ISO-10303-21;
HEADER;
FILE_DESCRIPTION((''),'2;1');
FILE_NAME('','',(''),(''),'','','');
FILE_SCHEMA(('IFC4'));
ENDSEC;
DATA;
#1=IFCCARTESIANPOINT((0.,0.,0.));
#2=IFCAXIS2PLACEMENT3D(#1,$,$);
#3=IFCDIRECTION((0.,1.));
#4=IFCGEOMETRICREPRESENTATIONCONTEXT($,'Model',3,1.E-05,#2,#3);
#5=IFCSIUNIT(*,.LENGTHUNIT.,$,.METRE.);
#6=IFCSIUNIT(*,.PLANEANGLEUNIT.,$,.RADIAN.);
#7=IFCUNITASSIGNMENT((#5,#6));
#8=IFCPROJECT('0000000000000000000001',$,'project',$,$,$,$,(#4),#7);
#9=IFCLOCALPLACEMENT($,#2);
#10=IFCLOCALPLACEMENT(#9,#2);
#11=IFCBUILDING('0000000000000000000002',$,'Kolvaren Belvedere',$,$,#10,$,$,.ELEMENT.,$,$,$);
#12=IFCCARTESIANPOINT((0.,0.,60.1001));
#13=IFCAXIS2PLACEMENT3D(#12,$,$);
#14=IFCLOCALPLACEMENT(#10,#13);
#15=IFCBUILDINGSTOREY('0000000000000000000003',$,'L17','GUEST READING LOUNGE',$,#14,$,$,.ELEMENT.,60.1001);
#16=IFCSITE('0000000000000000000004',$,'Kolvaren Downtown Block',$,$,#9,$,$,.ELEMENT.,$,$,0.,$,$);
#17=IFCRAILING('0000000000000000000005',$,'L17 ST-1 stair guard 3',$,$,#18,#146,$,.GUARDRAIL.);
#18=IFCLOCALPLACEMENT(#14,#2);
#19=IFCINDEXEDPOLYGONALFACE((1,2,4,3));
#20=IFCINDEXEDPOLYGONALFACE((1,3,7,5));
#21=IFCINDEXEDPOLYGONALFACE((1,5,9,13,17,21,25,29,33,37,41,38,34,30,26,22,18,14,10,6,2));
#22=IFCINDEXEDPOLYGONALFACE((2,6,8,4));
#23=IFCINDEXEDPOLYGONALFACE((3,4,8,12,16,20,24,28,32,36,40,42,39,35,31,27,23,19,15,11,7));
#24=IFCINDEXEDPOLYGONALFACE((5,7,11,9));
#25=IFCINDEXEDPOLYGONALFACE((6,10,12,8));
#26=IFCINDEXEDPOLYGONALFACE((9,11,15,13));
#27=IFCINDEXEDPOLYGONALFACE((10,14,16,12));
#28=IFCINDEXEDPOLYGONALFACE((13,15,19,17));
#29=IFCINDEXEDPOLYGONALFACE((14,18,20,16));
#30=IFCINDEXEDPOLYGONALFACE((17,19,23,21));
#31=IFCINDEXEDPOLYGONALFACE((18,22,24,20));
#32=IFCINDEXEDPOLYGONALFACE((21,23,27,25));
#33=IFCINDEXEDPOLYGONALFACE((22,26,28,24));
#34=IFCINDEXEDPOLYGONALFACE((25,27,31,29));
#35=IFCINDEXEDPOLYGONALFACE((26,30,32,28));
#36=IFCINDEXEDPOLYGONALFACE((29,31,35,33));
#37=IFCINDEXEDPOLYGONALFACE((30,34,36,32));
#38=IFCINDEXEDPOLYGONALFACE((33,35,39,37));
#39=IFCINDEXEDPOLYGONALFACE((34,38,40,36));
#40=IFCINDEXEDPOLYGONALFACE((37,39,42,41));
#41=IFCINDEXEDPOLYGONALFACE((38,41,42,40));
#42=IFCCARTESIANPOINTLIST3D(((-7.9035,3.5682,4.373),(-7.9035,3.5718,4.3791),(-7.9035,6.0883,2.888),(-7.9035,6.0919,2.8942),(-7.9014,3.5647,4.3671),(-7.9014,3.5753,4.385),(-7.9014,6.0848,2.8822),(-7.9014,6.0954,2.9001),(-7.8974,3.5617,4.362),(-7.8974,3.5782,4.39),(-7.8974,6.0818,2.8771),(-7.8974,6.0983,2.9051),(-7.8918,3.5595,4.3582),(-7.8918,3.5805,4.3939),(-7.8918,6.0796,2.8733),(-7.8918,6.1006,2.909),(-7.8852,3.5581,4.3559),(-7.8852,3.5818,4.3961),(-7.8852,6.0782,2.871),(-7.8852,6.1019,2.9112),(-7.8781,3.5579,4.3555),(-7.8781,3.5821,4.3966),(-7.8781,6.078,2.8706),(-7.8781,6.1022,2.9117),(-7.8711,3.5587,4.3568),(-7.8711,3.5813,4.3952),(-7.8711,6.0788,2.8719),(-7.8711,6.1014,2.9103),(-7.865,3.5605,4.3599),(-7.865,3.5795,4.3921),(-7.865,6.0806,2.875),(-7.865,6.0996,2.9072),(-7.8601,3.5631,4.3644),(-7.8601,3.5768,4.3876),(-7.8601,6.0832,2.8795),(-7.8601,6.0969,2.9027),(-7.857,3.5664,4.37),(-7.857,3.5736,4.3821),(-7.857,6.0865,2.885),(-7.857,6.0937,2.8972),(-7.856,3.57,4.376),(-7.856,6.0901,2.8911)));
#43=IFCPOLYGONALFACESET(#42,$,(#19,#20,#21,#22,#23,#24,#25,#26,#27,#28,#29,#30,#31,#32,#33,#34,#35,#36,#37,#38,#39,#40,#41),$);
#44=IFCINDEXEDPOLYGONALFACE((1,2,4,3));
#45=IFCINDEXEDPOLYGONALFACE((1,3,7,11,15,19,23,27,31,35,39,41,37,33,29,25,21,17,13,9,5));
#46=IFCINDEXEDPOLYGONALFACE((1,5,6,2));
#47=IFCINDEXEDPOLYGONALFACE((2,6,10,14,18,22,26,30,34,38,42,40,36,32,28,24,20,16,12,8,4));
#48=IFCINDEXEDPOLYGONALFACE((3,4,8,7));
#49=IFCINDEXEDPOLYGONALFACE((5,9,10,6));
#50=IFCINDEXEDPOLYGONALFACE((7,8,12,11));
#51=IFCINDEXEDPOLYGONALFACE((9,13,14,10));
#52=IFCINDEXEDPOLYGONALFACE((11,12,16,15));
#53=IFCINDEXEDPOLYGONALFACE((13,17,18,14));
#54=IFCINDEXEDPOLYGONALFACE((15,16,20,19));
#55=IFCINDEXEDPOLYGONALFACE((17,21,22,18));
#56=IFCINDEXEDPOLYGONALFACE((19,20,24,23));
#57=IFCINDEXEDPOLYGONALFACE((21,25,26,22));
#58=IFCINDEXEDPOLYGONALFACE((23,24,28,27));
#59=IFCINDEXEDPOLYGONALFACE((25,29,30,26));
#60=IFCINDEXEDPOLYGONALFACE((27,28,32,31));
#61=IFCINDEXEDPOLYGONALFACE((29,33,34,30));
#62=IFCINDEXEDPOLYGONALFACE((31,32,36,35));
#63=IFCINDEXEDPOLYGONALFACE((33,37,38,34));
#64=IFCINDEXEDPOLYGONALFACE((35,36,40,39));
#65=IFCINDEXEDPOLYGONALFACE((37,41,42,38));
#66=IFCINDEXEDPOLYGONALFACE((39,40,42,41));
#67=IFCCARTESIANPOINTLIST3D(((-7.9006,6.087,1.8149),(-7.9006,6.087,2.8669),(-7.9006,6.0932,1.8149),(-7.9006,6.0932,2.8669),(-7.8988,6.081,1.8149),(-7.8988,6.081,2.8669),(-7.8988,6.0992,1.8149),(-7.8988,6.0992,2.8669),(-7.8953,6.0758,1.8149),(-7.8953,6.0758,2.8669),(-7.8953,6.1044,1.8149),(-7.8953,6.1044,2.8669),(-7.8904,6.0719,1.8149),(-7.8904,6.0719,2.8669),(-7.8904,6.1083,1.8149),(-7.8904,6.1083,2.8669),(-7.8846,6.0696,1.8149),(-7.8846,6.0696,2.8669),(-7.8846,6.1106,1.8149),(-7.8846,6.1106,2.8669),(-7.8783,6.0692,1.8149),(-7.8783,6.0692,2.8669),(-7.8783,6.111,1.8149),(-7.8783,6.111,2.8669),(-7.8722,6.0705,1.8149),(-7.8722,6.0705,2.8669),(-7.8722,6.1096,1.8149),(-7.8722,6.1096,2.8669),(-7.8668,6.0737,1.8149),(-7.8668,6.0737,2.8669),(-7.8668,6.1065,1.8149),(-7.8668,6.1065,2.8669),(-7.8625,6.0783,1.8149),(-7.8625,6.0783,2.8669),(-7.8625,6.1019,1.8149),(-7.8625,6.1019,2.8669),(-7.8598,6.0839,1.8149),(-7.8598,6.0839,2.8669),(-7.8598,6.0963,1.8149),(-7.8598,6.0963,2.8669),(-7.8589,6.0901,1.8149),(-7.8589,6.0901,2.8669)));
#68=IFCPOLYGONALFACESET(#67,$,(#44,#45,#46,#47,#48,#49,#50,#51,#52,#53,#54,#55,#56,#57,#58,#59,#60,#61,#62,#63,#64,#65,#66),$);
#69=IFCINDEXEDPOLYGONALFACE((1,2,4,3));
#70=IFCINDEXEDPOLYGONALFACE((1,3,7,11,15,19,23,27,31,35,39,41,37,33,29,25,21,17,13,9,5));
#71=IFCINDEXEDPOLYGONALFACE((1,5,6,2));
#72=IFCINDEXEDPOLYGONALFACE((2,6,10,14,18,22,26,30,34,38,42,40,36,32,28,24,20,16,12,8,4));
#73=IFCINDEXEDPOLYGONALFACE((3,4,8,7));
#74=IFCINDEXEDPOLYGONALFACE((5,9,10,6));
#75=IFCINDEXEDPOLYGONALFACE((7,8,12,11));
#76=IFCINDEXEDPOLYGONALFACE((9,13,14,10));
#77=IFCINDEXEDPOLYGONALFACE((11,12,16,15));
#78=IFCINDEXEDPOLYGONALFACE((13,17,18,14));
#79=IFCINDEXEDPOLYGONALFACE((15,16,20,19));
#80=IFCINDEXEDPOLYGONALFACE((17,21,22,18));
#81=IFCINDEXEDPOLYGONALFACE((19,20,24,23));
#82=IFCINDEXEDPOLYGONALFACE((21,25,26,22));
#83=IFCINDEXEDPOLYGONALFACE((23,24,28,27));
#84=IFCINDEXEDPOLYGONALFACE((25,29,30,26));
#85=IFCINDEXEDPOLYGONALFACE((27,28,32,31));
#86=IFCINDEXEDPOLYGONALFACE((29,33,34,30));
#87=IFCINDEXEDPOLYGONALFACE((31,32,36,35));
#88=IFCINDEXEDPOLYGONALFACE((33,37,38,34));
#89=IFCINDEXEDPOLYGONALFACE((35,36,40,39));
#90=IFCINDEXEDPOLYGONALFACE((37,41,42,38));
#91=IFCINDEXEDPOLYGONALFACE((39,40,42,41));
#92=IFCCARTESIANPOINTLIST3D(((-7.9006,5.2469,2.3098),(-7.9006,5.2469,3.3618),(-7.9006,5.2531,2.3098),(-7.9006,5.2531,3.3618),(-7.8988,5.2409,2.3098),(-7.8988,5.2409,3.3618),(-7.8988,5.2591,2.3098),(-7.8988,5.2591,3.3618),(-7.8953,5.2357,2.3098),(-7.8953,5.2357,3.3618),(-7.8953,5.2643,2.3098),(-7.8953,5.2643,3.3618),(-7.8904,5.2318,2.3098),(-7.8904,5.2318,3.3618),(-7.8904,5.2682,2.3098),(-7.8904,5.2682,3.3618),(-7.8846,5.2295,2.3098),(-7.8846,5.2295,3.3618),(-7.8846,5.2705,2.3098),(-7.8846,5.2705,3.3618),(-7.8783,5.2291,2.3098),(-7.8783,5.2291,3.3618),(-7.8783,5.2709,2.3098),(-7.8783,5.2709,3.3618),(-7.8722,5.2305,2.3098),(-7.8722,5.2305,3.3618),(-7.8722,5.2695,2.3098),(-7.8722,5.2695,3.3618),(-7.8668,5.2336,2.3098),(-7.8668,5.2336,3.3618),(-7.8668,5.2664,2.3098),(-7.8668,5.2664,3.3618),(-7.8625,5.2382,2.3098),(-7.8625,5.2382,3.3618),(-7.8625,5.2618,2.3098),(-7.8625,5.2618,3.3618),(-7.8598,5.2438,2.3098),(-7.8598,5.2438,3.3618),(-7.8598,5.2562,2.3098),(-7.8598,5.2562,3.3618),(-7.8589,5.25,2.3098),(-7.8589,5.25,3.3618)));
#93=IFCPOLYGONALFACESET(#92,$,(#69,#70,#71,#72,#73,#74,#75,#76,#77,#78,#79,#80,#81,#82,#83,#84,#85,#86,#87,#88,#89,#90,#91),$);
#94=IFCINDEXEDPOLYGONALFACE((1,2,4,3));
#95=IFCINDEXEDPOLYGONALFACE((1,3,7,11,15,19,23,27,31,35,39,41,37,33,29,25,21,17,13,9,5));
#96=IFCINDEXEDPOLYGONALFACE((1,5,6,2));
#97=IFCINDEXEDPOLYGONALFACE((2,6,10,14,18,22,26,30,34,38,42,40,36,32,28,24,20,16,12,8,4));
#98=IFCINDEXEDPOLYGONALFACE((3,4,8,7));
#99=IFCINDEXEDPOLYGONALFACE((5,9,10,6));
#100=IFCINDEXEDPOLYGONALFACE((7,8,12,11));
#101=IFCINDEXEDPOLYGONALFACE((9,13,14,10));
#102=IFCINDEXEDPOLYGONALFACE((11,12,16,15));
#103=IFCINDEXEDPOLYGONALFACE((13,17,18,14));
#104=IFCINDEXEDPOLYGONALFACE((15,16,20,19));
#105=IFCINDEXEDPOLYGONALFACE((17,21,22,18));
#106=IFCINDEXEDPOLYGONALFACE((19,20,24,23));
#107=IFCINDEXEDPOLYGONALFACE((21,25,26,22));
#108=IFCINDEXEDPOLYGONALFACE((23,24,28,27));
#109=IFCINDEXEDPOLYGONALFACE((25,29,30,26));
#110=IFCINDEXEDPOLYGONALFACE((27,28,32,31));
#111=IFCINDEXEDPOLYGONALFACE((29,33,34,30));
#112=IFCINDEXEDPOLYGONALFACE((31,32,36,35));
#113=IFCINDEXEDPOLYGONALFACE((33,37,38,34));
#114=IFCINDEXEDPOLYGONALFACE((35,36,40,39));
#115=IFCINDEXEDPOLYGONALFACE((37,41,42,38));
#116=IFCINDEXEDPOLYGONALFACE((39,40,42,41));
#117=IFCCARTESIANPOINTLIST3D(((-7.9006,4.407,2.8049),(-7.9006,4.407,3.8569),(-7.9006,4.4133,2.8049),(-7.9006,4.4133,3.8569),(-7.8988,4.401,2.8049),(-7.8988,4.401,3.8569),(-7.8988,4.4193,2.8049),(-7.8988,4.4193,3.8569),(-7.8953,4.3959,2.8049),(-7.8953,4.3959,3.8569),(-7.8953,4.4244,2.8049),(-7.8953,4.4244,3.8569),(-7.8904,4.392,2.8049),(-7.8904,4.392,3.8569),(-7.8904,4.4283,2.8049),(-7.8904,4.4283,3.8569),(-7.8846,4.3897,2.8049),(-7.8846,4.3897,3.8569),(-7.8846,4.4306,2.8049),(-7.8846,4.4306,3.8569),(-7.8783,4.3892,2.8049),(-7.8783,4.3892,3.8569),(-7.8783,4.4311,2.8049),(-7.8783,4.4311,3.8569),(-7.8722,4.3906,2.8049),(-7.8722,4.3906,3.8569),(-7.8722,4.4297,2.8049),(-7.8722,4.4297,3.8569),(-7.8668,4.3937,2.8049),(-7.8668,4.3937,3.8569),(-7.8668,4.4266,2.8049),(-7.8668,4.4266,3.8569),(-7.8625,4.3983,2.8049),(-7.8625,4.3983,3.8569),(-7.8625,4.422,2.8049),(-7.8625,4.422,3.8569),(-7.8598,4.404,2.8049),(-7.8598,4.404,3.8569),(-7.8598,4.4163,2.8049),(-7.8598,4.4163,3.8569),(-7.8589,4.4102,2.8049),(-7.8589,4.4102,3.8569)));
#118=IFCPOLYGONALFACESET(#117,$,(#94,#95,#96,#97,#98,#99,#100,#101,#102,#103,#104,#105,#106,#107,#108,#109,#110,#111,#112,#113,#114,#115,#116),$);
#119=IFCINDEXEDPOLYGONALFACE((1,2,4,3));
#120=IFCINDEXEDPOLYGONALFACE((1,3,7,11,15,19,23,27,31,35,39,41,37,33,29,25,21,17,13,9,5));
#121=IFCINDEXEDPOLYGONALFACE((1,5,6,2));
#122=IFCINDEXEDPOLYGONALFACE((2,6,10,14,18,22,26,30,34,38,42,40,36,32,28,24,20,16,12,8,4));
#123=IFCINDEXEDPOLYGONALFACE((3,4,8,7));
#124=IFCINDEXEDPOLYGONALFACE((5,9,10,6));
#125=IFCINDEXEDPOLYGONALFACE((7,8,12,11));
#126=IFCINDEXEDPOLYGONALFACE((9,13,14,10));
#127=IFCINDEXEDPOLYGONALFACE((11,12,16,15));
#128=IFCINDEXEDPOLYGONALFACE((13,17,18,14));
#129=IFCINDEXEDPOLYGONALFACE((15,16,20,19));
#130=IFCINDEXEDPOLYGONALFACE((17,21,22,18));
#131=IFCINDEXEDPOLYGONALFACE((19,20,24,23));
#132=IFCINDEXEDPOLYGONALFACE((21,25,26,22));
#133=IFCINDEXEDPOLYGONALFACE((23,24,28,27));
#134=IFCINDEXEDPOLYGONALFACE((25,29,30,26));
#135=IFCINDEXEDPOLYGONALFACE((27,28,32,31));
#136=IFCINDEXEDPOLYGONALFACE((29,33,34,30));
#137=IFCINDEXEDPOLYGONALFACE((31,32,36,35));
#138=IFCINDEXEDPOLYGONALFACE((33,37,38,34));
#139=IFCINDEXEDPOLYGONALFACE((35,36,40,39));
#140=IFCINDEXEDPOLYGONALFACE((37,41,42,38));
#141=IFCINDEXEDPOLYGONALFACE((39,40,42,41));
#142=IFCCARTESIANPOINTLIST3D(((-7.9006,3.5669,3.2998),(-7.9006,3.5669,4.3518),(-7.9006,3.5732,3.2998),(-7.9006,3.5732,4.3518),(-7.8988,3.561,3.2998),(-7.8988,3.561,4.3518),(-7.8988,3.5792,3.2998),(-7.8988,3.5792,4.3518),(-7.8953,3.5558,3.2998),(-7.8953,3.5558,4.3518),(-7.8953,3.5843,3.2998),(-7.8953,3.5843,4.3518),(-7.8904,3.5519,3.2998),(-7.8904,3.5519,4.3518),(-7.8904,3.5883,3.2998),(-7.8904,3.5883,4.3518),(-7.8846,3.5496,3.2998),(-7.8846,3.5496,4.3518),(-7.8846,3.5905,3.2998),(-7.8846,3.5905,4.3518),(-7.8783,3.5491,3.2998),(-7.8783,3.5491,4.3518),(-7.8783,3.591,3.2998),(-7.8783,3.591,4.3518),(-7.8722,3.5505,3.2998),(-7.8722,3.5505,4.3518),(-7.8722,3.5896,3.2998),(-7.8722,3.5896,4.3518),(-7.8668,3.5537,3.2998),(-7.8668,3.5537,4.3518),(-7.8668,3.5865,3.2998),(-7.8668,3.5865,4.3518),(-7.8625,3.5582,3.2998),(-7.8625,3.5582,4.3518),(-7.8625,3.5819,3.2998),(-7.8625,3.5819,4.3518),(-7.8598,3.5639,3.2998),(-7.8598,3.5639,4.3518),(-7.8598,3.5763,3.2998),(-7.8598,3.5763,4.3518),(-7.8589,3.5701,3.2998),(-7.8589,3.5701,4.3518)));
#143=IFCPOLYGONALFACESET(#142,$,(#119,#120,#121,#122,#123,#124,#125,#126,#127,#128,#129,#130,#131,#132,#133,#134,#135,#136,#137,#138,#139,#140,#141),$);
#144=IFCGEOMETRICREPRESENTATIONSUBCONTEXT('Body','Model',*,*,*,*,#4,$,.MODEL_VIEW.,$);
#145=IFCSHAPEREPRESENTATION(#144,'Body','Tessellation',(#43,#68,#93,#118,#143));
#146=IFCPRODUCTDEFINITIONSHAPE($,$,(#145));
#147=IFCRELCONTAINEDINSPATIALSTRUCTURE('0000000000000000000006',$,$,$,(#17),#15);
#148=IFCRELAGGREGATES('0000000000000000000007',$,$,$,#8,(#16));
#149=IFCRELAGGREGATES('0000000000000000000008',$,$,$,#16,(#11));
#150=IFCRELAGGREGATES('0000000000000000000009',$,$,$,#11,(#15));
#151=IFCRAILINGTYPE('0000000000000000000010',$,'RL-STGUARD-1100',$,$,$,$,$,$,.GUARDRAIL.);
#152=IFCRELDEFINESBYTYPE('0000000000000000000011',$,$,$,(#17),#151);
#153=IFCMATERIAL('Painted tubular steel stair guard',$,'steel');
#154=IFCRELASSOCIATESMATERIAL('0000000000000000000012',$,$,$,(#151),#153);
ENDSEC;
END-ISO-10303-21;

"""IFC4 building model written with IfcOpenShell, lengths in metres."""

from ifc_helpers import new_model, si_unit, direction, frame, origin, origin_2d, place, context, subcontext, project, spatial, circle, extrude, material, type_object, element, save


model = new_model("IFC4")

# Units and contexts
model_context = context("Model", 3, precision=1e-05, world=origin(), true_north=direction((0.0, 1.0)))
body_context = subcontext(model_context, "Body", "Model", "MODEL_VIEW")
ifc_project = project(units=[si_unit("LENGTHUNIT", "METRE"), si_unit("PLANEANGLEUNIT", "RADIAN")], contexts=[model_context])

# Site, building, storey
site_placement = place(None, origin())
site = spatial("IfcSite", under=ifc_project, at=site_placement, Name="Kolvaren Downtown Block", CompositionType="ELEMENT", RefElevation=0.0)
building_placement = place(site_placement, origin())
building = spatial("IfcBuilding", under=site, at=building_placement, Name="Kolvaren Belvedere", CompositionType="ELEMENT")
storey_placement = place(building_placement, frame((0.0, 0.0, 60.1001)))
storey = spatial("IfcBuildingStorey", under=building, at=storey_placement, Name="L17", Description="GUEST READING LOUNGE", CompositionType="ELEMENT", Elevation=60.1001)

# Railing
ifc_material_1 = material(Name="Painted tubular steel stair guard", Category="steel")
railing_type_1 = type_object("IfcRailingType", Name="RL-STGUARD-1100", PredefinedType="GUARDRAIL", material=ifc_material_1)
railing_1_placement = place(storey_placement, frame((-7.8799, 6.0901, 1.8149)))
element("IfcRailing", 1, at=railing_1_placement, inside=storey, type_object=railing_type_1, Name="L17 ST-1 stair guard 3", PredefinedType="GUARDRAIL", context=body_context, shape_type="SweptSolid", body=[
    extrude(circle(Radius=0.0239, at=origin_2d()), frame((0.0, 0.0, 1.0762), z_axis=(0.0, -0.861561, 0.507655), x_axis=(1.0, 0.0, 0.0)), (0.0, 0.0, 1.0), 2.925),
    extrude(circle(Radius=0.021, at=origin_2d()), origin(), (0.0, 0.0, 1.0), 1.052),
    extrude(circle(Radius=0.021, at=origin_2d()), frame((0.0, -0.8401, 0.4949)), (0.0, 0.0, 1.0), 1.052),
    extrude(circle(Radius=0.021, at=origin_2d()), frame((0.0, -1.6799, 0.99)), (0.0, 0.0, 1.0), 1.052),
    extrude(circle(Radius=0.021, at=origin_2d()), frame((0.0, -2.52, 1.4849)), (0.0, 0.0, 1.0), 1.052),
])

save(model, "model.ifc")
